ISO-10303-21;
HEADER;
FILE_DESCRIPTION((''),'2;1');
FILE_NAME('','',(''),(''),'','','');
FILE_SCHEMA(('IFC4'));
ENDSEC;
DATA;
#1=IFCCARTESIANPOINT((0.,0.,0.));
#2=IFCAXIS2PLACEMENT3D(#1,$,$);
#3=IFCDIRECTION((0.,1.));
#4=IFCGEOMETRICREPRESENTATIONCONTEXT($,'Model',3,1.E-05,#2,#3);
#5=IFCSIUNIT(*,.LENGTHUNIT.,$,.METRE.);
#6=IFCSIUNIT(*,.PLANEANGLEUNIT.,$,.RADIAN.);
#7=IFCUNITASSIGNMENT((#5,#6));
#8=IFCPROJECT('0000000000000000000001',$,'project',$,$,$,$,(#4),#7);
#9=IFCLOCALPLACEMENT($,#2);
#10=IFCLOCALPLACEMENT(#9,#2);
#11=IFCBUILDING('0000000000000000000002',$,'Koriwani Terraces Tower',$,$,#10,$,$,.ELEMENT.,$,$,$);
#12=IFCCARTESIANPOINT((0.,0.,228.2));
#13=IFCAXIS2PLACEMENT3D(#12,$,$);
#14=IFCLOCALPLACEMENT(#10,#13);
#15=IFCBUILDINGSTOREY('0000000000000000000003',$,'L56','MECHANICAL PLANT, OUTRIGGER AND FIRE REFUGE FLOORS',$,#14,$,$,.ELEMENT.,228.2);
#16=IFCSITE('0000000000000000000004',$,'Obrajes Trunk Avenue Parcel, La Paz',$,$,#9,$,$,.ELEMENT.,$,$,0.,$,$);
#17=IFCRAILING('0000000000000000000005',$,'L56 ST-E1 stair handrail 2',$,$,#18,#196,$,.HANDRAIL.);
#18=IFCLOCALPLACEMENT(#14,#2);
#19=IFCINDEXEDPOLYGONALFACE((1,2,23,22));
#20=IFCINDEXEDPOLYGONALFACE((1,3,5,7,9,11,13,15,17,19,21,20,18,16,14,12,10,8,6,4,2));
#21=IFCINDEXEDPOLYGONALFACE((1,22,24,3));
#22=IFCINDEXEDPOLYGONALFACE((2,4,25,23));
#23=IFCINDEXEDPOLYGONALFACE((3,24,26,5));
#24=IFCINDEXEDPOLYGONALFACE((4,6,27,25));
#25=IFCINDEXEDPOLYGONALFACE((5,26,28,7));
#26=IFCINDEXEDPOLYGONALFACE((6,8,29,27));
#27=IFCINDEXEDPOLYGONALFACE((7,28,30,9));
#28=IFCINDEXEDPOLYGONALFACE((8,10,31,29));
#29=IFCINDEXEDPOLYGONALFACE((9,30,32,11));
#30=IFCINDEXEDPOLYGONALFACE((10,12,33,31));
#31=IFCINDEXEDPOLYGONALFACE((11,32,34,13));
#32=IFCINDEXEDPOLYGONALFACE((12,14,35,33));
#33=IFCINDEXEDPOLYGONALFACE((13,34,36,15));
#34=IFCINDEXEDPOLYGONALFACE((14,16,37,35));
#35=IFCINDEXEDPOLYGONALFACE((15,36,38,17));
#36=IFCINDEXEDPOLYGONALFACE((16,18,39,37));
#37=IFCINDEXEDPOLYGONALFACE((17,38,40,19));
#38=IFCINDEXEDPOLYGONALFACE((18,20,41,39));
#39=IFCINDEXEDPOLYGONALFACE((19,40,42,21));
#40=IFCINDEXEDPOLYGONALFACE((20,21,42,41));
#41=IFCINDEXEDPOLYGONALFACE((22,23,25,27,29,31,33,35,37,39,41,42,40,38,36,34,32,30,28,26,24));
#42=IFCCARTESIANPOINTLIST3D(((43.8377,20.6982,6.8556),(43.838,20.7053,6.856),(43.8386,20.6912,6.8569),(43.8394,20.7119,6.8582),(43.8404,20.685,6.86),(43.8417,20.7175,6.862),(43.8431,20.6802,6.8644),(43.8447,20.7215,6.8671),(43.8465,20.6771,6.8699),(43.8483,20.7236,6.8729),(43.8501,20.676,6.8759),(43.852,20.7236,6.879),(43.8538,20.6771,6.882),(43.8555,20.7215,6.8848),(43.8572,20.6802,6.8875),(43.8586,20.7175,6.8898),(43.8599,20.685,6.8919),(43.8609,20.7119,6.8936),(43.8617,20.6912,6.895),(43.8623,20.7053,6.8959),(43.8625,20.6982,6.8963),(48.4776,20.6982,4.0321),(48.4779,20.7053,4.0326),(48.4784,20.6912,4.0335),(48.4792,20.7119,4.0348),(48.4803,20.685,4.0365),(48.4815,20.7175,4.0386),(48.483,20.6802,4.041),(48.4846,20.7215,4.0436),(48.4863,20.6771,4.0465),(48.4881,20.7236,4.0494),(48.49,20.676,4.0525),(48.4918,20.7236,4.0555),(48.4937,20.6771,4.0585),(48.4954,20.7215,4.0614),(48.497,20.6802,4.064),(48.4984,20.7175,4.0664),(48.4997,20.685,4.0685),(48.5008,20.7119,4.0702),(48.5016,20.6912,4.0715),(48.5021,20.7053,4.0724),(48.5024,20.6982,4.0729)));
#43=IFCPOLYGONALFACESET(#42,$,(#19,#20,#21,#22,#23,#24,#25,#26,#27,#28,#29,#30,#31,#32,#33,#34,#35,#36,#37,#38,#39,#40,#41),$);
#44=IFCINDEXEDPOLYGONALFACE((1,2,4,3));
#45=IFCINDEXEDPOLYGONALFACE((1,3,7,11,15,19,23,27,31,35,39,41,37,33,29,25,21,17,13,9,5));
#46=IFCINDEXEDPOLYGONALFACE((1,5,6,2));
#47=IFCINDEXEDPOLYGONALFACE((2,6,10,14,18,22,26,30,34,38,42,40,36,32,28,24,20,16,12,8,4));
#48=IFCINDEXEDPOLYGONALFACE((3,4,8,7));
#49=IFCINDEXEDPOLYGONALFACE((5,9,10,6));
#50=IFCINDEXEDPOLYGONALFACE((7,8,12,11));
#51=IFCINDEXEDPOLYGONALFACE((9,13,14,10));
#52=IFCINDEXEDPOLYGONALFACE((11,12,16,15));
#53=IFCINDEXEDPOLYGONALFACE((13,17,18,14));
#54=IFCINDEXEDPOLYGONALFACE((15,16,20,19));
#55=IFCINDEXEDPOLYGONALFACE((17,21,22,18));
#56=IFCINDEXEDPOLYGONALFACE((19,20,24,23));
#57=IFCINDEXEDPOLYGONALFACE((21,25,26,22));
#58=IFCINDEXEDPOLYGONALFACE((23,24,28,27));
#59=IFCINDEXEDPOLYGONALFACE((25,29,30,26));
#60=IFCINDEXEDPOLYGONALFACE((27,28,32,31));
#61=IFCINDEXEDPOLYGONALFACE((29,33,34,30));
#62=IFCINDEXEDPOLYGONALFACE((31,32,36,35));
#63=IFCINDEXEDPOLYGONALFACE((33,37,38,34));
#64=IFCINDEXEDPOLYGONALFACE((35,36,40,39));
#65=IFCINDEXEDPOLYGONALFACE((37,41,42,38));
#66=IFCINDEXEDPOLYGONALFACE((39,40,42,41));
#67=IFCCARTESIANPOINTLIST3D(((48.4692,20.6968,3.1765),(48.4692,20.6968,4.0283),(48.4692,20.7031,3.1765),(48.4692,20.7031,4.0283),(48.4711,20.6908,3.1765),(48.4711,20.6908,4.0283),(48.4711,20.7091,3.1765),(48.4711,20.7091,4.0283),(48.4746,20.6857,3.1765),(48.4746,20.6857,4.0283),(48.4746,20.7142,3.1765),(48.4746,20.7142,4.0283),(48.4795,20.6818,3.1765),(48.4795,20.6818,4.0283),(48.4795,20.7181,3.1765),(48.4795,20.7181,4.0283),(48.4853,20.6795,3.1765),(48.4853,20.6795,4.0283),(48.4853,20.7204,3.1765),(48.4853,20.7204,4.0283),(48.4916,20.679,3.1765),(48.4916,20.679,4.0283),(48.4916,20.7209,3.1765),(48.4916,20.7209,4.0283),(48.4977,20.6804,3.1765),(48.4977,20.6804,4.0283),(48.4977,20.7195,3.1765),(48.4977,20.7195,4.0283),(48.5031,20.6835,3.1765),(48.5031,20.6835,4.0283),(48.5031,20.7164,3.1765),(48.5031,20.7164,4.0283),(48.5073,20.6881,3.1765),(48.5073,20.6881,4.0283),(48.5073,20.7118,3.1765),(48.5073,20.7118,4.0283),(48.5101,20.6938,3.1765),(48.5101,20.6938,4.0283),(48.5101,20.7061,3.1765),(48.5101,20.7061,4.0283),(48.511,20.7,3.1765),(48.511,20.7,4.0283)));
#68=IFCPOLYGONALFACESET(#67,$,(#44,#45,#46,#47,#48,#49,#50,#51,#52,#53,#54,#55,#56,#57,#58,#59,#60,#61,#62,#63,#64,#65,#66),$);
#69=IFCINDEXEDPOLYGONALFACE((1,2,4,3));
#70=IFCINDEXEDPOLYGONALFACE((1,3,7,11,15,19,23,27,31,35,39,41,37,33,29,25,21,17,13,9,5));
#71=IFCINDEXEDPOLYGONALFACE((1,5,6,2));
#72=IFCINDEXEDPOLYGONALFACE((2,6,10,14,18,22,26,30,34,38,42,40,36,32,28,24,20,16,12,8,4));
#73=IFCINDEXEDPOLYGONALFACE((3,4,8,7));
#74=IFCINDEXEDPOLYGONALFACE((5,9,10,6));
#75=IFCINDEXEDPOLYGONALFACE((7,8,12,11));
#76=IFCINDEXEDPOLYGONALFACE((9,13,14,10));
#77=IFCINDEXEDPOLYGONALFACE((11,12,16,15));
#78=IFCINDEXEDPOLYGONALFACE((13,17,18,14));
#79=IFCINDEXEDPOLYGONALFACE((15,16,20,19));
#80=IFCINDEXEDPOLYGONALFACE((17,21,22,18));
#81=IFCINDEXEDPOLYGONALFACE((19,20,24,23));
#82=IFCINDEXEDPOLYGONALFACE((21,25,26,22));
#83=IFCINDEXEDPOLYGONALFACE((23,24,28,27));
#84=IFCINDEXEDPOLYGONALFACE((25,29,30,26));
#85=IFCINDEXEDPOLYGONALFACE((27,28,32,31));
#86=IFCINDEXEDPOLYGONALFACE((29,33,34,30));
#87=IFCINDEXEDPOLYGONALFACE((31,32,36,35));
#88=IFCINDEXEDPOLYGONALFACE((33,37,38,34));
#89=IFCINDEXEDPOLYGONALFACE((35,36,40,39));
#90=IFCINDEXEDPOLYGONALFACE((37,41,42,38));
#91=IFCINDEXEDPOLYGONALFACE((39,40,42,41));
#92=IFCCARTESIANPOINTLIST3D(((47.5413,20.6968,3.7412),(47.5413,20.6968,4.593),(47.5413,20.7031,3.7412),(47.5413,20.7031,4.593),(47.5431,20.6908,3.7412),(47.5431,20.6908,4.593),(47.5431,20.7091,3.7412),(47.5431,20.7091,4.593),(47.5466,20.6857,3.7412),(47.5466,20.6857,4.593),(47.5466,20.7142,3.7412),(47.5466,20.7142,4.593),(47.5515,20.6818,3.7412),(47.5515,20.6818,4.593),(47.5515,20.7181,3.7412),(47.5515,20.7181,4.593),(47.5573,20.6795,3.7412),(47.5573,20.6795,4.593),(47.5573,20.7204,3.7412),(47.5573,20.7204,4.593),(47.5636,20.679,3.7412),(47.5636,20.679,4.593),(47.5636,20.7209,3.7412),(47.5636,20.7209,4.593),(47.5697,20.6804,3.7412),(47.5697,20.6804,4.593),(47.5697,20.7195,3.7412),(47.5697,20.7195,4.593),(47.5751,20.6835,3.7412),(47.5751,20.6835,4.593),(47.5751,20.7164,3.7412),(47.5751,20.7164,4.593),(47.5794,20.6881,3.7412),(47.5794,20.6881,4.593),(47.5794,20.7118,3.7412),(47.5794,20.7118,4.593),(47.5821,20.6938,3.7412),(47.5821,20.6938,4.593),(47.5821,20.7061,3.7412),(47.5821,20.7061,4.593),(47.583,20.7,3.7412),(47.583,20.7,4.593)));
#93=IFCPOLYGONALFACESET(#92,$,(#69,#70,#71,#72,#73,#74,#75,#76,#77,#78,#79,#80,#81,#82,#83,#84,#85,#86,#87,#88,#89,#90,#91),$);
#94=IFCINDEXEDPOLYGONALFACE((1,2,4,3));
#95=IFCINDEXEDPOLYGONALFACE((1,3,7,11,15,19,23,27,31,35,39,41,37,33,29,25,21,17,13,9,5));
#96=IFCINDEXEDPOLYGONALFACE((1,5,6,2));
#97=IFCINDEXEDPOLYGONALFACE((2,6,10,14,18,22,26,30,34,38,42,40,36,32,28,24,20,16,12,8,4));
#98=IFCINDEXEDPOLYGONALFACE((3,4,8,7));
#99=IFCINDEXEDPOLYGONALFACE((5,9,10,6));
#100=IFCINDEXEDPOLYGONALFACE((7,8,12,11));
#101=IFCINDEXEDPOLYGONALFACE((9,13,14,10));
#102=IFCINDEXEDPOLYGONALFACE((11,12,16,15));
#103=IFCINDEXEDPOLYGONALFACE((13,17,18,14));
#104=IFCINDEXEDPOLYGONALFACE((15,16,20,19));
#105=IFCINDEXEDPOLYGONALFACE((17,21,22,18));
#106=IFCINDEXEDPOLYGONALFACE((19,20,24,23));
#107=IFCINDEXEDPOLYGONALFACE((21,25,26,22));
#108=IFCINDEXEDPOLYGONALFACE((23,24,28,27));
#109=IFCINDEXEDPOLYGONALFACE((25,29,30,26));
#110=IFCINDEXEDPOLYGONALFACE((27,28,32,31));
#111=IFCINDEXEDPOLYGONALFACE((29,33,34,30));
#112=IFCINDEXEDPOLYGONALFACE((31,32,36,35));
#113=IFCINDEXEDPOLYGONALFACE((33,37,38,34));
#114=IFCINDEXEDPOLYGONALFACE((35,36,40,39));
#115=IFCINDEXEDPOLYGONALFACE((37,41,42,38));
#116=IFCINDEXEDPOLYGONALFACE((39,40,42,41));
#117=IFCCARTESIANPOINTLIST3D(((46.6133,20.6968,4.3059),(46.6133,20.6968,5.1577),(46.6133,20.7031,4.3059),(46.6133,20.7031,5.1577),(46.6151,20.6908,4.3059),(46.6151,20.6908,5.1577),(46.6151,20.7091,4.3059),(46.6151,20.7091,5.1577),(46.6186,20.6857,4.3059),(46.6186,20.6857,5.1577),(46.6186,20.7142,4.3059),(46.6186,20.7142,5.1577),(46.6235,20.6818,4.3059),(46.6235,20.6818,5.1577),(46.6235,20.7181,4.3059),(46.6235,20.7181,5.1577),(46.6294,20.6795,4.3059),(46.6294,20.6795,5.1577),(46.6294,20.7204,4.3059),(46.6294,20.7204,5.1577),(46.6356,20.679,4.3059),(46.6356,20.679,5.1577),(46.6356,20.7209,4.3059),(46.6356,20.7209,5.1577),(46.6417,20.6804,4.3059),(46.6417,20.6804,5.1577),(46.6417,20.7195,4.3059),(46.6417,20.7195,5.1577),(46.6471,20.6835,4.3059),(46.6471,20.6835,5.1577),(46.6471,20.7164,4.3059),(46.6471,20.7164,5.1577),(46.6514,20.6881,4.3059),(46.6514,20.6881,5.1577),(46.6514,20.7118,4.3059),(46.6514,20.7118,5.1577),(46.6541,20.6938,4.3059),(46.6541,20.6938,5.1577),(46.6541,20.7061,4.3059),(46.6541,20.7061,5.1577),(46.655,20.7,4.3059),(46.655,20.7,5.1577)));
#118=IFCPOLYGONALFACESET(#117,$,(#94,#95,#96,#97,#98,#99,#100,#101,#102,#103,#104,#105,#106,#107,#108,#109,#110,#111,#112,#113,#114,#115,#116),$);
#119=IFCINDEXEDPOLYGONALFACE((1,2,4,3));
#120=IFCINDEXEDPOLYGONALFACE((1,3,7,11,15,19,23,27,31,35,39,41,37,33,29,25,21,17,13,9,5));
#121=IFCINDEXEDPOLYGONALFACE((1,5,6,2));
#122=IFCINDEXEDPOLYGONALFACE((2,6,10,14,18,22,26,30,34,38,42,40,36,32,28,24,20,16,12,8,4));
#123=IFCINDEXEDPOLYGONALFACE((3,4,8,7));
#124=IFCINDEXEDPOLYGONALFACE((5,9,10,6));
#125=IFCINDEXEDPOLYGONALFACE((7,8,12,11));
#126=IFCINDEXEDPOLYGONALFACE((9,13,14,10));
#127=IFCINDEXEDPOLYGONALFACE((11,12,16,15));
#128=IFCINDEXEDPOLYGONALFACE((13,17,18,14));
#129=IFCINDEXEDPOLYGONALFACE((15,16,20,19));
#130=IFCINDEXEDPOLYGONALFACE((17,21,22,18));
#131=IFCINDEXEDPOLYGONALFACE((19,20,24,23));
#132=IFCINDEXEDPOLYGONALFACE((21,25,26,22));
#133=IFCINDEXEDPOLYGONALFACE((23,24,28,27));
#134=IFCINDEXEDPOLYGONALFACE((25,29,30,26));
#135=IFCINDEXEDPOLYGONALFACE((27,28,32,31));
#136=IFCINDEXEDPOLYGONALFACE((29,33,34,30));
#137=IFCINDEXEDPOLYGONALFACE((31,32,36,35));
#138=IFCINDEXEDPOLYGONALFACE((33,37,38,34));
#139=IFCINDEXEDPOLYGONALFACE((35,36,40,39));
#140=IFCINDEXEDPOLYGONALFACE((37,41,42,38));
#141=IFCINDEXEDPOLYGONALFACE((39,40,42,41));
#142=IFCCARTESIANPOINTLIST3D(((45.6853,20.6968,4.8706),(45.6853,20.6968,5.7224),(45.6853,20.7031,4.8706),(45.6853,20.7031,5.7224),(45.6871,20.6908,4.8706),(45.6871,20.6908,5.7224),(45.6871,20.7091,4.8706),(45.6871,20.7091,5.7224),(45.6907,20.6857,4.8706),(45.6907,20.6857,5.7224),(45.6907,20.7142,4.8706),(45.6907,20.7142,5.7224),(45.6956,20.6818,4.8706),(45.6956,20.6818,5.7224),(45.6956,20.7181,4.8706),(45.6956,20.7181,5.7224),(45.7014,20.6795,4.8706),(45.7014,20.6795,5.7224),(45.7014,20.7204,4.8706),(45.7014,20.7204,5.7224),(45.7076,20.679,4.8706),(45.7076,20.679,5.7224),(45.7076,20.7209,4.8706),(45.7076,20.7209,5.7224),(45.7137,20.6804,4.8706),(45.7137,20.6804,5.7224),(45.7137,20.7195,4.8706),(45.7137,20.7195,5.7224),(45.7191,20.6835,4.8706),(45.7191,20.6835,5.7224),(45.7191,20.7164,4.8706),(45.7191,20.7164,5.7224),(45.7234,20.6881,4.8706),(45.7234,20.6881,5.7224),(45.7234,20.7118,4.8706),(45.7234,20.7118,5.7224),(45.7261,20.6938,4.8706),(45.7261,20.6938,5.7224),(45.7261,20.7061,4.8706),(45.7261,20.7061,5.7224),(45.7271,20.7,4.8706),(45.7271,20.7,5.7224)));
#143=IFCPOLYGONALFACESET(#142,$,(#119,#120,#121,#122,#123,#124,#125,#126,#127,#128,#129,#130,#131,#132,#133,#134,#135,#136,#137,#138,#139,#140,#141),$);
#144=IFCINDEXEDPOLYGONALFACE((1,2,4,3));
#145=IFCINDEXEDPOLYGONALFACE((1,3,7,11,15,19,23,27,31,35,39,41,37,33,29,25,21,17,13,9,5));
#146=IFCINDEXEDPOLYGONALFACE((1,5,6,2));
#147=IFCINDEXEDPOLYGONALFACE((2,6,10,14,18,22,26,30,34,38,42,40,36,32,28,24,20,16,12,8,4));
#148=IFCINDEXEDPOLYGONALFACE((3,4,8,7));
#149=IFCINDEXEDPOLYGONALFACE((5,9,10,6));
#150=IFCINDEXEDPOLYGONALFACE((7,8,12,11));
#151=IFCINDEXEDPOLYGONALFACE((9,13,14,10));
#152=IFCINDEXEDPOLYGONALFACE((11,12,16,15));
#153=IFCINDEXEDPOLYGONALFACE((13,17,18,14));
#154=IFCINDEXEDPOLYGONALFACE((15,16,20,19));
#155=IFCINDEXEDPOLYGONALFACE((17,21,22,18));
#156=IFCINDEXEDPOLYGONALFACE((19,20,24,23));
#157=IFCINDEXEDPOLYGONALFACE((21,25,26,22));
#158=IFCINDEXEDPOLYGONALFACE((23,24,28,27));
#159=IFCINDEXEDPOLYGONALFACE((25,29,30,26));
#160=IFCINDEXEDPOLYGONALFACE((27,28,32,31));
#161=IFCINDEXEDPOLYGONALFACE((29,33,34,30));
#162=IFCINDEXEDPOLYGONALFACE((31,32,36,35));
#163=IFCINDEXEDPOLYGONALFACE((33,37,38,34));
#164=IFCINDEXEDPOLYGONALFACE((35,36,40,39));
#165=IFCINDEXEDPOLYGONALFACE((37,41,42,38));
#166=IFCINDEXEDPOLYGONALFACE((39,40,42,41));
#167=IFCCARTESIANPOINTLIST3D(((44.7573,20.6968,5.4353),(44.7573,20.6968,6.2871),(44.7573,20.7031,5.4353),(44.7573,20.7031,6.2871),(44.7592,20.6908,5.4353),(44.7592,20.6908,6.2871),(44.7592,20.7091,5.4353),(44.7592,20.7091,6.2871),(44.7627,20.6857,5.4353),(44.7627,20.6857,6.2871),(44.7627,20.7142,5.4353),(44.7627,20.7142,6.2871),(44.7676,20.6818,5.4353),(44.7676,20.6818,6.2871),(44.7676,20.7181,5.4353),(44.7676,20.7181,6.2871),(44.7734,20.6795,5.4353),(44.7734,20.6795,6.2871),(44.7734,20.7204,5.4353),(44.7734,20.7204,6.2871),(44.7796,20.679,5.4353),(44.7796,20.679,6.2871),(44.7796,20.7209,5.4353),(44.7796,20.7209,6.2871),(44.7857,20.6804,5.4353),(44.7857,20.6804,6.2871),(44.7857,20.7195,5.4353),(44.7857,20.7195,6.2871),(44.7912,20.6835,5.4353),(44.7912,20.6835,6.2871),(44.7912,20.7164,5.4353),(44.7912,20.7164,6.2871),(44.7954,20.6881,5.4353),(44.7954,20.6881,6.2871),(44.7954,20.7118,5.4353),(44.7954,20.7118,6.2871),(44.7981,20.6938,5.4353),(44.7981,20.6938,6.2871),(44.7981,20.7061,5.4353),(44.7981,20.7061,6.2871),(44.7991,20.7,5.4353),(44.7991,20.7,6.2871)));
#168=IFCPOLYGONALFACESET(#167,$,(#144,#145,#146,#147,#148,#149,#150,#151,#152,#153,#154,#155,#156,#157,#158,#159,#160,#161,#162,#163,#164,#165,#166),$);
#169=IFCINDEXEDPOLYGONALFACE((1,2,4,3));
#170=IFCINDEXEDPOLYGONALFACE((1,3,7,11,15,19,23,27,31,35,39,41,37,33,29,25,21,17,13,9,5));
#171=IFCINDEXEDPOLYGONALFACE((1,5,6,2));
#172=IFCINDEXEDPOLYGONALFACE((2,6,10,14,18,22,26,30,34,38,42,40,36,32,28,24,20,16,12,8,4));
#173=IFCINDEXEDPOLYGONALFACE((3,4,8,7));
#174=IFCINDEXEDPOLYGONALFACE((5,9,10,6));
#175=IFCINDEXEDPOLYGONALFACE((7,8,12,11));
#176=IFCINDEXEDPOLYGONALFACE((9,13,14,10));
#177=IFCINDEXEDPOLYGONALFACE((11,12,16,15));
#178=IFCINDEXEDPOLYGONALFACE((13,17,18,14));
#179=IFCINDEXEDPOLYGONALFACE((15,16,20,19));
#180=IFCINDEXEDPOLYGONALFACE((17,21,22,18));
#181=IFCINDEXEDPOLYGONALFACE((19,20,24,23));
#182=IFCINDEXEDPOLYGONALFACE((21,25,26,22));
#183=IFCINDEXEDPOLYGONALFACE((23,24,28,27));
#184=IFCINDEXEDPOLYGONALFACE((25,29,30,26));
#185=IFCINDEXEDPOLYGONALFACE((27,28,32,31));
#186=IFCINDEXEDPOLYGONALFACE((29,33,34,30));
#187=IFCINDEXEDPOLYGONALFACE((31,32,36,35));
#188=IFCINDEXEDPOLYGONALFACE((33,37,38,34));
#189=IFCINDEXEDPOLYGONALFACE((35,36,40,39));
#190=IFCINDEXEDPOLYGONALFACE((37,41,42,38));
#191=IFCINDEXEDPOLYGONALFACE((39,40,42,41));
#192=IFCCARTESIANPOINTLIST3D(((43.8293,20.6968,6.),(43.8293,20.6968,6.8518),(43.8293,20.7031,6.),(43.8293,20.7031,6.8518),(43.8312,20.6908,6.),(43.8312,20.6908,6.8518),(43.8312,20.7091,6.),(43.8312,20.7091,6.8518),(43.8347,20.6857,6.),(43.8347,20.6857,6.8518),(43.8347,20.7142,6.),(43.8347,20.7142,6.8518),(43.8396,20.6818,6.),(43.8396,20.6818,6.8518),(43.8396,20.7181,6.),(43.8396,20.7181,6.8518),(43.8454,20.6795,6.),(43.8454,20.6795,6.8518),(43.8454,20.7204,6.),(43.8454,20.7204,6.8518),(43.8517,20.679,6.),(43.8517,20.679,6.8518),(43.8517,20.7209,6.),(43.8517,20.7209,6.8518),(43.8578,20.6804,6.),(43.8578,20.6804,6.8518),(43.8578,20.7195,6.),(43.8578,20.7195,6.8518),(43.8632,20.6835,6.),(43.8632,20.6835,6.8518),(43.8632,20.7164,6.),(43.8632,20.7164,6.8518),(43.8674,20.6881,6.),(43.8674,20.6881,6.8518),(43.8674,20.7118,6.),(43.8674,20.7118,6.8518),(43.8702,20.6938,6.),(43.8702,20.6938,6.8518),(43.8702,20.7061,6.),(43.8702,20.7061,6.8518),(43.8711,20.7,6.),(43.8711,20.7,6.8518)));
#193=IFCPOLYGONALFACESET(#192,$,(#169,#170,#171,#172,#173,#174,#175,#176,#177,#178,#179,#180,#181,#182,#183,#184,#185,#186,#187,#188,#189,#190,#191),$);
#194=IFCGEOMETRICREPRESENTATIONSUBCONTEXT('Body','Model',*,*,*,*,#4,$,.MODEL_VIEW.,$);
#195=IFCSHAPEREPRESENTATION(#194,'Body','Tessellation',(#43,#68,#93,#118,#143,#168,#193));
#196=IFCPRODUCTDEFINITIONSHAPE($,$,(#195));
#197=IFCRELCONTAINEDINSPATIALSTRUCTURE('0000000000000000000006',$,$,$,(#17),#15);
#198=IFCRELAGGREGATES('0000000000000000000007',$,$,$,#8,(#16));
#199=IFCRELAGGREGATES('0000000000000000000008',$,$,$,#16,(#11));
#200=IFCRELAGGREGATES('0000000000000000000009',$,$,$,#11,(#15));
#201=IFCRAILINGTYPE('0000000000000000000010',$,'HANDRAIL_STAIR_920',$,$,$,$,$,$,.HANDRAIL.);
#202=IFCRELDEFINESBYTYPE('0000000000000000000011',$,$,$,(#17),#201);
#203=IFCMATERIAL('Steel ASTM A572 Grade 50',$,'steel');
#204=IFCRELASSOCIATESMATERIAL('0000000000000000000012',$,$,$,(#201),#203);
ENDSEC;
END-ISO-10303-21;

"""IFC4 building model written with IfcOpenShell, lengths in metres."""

from ifc_helpers import new_model, si_unit, direction, frame, origin, origin_2d, place, context, subcontext, project, spatial, circle, extrude, material, type_object, element, save


model = new_model("IFC4")

# Units and contexts
model_context = context("Model", 3, precision=1e-05, world=origin(), true_north=direction((0.0, 1.0)))
body_context = subcontext(model_context, "Body", "Model", "MODEL_VIEW")
ifc_project = project(units=[si_unit("LENGTHUNIT", "METRE"), si_unit("PLANEANGLEUNIT", "RADIAN")], contexts=[model_context])

# Site, building, storey
site_placement = place(None, origin())
site = spatial("IfcSite", under=ifc_project, at=site_placement, Name="Obrajes Trunk Avenue Parcel, La Paz", CompositionType="ELEMENT", RefElevation=0.0)
building_placement = place(site_placement, origin())
building = spatial("IfcBuilding", under=site, at=building_placement, Name="Koriwani Terraces Tower", CompositionType="ELEMENT")
storey_placement = place(building_placement, frame((0.0, 0.0, 228.2)))
storey = spatial("IfcBuildingStorey", under=building, at=storey_placement, Name="L56", Description="MECHANICAL PLANT, OUTRIGGER AND FIRE REFUGE FLOORS", CompositionType="ELEMENT", Elevation=228.2)

# Shared definitions
ifc_material_1 = material(Name="Steel ASTM A572 Grade 50", Category="steel")

# Railing
railing_type = type_object("IfcRailingType", Name="HANDRAIL_STAIR_920", PredefinedType="HANDRAIL", material=ifc_material_1)
railing_placement = place(storey_placement, frame((48.49, 20.7, 3.1765)))
element("IfcRailing", 1, at=railing_placement, inside=storey, type_object=railing_type, Name="L56 ST-E1 stair handrail 2", PredefinedType="HANDRAIL", context=body_context, shape_type="SweptSolid", body=[
    extrude(circle(Radius=0.0239, at=origin_2d()), frame((0.0, 0.0, 0.876), z_axis=(-0.854264, 0.0, 0.51984), x_axis=(0.0, -1.0, 0.0)), (0.0, 0.0, 1.0), 5.4314),
    extrude(circle(Radius=0.021, at=origin_2d()), origin(), (0.0, 0.0, 1.0), 0.8518),
    extrude(circle(Radius=0.021, at=origin_2d()), frame((-0.928, 0.0, 0.5647)), (0.0, 0.0, 1.0), 0.8518),
    extrude(circle(Radius=0.021, at=origin_2d()), frame((-1.856, 0.0, 1.1294)), (0.0, 0.0, 1.0), 0.8518),
    extrude(circle(Radius=0.021, at=origin_2d()), frame((-2.7839, 0.0, 1.6941)), (0.0, 0.0, 1.0), 0.8518),
    extrude(circle(Radius=0.021, at=origin_2d()), frame((-3.7119, 0.0, 2.2588)), (0.0, 0.0, 1.0), 0.8518),
    extrude(circle(Radius=0.021, at=origin_2d()), frame((-4.6399, 0.0, 2.8235)), (0.0, 0.0, 1.0), 0.8518),
])

save(model, "model.ifc")
